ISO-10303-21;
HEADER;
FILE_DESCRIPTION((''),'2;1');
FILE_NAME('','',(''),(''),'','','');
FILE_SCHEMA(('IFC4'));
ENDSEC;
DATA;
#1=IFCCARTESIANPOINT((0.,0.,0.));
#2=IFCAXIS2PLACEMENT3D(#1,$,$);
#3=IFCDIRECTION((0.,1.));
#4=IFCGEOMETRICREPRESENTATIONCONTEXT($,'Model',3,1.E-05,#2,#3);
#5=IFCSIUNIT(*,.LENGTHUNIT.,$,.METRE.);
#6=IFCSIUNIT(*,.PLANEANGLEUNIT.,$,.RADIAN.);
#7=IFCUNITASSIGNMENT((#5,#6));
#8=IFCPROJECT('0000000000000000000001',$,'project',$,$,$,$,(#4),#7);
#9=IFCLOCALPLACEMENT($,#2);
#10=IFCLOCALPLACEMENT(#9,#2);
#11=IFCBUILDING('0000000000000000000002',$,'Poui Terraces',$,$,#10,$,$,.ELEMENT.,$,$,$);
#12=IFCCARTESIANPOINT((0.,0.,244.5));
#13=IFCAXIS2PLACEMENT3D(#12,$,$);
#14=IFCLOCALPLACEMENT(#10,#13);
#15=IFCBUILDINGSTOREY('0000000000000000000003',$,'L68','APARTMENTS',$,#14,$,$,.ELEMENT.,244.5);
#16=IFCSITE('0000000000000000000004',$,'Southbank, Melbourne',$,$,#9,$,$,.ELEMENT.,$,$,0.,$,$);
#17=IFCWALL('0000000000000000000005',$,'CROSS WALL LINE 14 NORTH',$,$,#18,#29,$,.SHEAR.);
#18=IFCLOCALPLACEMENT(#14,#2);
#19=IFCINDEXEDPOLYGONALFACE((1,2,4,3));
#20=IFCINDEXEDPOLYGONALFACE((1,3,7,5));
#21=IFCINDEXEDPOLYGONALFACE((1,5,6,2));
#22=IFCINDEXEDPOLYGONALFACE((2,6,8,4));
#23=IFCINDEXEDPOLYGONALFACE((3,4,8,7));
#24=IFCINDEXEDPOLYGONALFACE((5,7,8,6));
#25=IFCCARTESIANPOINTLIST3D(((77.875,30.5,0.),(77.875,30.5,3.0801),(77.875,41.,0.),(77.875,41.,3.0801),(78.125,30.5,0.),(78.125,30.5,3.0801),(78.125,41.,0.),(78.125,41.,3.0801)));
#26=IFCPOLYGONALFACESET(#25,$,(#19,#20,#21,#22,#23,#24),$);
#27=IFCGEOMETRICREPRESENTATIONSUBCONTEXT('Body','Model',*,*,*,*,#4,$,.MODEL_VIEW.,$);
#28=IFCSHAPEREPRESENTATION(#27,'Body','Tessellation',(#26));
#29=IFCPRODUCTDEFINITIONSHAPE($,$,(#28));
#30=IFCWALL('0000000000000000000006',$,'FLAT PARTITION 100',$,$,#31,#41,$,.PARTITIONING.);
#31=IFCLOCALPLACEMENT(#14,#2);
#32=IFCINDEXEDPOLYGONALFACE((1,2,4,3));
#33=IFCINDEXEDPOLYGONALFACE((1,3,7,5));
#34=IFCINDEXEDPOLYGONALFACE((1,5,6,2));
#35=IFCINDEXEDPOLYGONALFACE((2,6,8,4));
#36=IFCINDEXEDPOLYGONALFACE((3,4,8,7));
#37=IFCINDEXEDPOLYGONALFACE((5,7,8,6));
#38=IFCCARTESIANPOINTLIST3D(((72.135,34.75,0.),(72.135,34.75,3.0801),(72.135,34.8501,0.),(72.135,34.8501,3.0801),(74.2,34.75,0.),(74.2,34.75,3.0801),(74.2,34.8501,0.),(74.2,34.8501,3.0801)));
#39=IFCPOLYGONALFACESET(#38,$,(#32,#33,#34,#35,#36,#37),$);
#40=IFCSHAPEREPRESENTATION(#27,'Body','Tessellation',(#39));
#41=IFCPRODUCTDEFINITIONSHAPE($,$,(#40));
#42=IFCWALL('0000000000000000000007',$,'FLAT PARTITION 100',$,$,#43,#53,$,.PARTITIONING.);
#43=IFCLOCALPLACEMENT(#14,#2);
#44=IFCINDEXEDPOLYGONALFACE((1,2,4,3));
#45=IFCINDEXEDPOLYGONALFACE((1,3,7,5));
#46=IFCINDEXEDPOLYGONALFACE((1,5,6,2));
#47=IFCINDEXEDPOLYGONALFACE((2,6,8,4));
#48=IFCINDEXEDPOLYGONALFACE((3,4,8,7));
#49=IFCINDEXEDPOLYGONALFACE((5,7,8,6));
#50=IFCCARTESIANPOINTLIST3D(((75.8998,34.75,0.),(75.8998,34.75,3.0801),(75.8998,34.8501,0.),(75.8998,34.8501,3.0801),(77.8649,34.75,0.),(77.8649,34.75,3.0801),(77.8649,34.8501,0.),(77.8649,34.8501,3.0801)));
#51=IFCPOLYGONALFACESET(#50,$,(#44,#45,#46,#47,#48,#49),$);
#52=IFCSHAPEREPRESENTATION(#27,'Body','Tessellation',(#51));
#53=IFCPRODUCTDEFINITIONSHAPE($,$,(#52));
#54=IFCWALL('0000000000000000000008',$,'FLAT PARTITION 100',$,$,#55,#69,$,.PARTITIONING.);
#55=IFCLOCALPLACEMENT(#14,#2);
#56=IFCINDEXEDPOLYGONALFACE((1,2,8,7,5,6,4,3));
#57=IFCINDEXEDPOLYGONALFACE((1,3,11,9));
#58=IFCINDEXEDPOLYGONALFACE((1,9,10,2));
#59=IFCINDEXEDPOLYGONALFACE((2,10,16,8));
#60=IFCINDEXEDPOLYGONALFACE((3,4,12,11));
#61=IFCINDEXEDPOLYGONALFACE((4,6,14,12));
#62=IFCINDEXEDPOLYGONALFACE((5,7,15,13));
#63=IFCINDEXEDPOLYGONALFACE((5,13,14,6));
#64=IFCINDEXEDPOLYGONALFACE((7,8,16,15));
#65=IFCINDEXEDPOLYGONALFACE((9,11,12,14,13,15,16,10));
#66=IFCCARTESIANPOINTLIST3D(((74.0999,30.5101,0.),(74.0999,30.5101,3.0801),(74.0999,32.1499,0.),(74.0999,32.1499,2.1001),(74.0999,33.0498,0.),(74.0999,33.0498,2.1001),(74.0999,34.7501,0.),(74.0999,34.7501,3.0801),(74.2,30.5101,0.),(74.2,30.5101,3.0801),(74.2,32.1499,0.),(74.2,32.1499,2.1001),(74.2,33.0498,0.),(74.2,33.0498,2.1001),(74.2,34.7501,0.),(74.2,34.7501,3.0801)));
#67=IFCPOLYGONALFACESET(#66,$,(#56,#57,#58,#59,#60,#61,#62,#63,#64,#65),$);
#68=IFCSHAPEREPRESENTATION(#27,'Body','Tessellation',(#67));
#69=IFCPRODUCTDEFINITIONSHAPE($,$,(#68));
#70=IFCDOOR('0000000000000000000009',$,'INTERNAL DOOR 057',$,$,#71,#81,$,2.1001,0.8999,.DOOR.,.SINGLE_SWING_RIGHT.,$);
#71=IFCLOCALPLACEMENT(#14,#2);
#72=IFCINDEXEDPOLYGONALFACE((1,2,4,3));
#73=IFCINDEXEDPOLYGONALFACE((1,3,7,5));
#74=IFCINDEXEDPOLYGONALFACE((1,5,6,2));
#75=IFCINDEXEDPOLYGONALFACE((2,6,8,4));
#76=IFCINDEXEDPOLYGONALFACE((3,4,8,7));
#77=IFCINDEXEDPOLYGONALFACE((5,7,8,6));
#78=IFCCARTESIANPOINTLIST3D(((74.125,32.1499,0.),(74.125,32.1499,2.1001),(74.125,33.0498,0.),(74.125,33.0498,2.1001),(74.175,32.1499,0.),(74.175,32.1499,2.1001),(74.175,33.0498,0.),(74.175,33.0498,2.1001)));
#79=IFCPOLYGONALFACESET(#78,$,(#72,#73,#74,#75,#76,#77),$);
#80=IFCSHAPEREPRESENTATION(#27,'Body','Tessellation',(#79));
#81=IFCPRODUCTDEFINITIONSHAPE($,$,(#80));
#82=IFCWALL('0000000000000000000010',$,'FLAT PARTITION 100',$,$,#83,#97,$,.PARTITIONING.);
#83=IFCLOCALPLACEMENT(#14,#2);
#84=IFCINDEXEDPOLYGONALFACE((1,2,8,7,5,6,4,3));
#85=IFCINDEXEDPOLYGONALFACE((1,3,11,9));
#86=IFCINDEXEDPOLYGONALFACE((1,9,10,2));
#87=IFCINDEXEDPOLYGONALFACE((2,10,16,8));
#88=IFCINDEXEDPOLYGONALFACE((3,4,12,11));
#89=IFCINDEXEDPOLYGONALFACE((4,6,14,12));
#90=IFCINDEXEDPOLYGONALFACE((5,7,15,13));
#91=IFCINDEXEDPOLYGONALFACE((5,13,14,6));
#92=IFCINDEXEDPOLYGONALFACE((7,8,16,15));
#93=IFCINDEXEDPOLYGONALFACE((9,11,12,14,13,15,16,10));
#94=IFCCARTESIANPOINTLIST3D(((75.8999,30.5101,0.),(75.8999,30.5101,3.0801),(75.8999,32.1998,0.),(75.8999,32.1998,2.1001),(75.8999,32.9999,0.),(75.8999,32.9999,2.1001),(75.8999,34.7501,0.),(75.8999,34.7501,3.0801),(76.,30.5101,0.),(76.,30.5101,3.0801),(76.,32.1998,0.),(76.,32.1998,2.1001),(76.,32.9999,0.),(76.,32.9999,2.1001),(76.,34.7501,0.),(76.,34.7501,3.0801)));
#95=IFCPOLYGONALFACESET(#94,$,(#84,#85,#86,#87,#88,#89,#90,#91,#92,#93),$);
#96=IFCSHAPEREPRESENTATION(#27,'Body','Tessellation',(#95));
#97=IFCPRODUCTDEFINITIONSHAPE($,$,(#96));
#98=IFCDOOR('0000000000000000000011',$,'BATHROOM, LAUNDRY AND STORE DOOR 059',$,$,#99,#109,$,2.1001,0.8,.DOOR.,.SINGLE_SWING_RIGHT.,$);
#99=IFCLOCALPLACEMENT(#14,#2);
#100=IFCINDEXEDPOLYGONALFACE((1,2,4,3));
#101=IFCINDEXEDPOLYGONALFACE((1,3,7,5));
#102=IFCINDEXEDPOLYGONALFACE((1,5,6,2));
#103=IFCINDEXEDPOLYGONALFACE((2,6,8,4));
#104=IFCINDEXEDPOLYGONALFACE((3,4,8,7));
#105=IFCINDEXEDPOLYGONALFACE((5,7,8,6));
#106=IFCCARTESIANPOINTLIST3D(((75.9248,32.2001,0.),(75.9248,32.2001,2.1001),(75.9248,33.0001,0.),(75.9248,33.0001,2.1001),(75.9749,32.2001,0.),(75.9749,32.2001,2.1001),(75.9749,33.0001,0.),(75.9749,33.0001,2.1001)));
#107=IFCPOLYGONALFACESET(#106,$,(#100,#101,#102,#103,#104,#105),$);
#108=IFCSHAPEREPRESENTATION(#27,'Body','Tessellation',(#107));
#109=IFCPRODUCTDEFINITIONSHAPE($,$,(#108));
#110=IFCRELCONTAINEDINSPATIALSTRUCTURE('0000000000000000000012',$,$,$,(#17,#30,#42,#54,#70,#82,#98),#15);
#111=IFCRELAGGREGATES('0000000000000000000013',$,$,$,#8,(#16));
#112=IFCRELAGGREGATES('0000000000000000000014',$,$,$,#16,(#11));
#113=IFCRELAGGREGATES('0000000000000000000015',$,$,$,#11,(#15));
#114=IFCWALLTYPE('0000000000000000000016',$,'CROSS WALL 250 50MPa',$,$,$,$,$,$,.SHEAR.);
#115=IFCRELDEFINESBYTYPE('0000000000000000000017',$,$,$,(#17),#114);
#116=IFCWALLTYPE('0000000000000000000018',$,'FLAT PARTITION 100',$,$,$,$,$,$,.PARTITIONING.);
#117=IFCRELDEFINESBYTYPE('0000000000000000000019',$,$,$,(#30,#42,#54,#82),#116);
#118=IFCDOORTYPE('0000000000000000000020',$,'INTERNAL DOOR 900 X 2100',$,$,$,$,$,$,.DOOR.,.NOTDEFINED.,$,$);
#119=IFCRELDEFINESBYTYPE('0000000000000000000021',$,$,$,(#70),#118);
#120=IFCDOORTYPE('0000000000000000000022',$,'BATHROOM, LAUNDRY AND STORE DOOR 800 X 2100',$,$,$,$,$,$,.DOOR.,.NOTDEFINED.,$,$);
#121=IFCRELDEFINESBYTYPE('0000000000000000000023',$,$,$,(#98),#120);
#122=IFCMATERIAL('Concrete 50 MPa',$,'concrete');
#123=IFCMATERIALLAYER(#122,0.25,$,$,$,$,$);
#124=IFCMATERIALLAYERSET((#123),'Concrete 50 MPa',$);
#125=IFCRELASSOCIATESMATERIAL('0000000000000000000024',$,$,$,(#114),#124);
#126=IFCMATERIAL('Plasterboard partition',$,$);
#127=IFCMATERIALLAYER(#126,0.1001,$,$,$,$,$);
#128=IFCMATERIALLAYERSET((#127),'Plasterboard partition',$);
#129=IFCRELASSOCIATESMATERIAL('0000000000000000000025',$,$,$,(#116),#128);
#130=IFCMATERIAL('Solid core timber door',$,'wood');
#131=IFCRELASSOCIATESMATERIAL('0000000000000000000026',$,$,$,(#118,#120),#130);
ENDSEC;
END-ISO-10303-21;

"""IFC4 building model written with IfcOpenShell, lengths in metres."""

from ifc_helpers import new_model, si_unit, direction, frame, frame_2d, origin, place, context, subcontext, project, spatial, rectangle, extrude, material, layer, layer_set, type_object, element, fill, save


model = new_model("IFC4")

# Units and contexts
model_context = context("Model", 3, precision=1e-05, world=origin(), true_north=direction((0.0, 1.0)))
body_context = subcontext(model_context, "Body", "Model", "MODEL_VIEW")
ifc_project = project(units=[si_unit("LENGTHUNIT", "METRE"), si_unit("PLANEANGLEUNIT", "RADIAN")], contexts=[model_context])

# Site, building, storey
site_placement = place(None, origin())
site = spatial("IfcSite", under=ifc_project, at=site_placement, Name="Southbank, Melbourne", CompositionType="ELEMENT", RefElevation=0.0)
building_placement = place(site_placement, origin())
building = spatial("IfcBuilding", under=site, at=building_placement, Name="Poui Terraces", CompositionType="ELEMENT")
storey_placement = place(building_placement, frame((0.0, 0.0, 244.5)))
storey = spatial("IfcBuildingStorey", under=building, at=storey_placement, Name="L68", Description="APARTMENTS", CompositionType="ELEMENT", Elevation=244.5)

# Walls
ifc_material_1 = material(Name="Concrete 50 MPa", Category="concrete")
ifc_layer_1 = layer(ifc_material_1, 0.25)
ifc_layer_set_1 = layer_set([ifc_layer_1], Name="Concrete 50 MPa")
wall_type_1 = type_object("IfcWallType", Name="CROSS WALL 250 50MPa", PredefinedType="SHEAR", material=ifc_layer_set_1)
wall_1_placement = place(storey_placement, frame((78.0, 30.5, 0.0), z_axis=(0.0, 0.0, 1.0), x_axis=(0.0, 1.0, 0.0)))
element("IfcWall", 1, at=wall_1_placement, inside=storey, type_object=wall_type_1, Name="CROSS WALL LINE 14 NORTH", PredefinedType="SHEAR", context=body_context, shape_type="SweptSolid", body=[
    extrude(rectangle(XDim=10.5, YDim=0.25, at=frame_2d((5.25, 0.0))), origin(), (0.0, 0.0, 1.0), 3.0801),
])
ifc_material_2 = material(Name="Plasterboard partition")
ifc_layer_2 = layer(ifc_material_2, 0.1001)
ifc_layer_set_2 = layer_set([ifc_layer_2], Name="Plasterboard partition")
wall_type_2 = type_object("IfcWallType", Name="FLAT PARTITION 100", PredefinedType="PARTITIONING", material=ifc_layer_set_2)
wall_2_placement = place(storey_placement, frame((72.135, 34.8, 0.0), z_axis=(0.0, 0.0, 1.0), x_axis=(1.0, 0.0, 0.0)))
element("IfcWall", 2, at=wall_2_placement, inside=storey, type_object=wall_type_2, Name="FLAT PARTITION 100", PredefinedType="PARTITIONING", context=body_context, shape_type="SweptSolid", body=[
    extrude(rectangle(XDim=2.0649, YDim=0.1001, at=frame_2d((1.0325, 0.0))), origin(), (0.0, 0.0, 1.0), 3.0801),
])
wall_3_placement = place(storey_placement, frame((75.8999, 34.8, 0.0), z_axis=(0.0, 0.0, 1.0), x_axis=(1.0, 0.0, 0.0)))
element("IfcWall", 3, at=wall_3_placement, inside=storey, type_object=wall_type_2, Name="FLAT PARTITION 100", PredefinedType="PARTITIONING", context=body_context, shape_type="SweptSolid", body=[
    extrude(rectangle(XDim=1.9651, YDim=0.1001, at=frame_2d((0.9824, 0.0))), origin(), (0.0, 0.0, 1.0), 3.0801),
])

# Walls, openings, doors
wall_4_placement = place(storey_placement, frame((74.1499, 30.51, 0.0), z_axis=(0.0, 0.0, 1.0), x_axis=(0.0, 1.0, 0.0)))
wall_4 = element("IfcWall", 4, at=wall_4_placement, inside=storey, type_object=wall_type_2, Name="FLAT PARTITION 100", PredefinedType="PARTITIONING", context=body_context, shape_type="SweptSolid", body=[
    extrude(rectangle(XDim=4.24, YDim=0.1001, at=frame_2d((2.1201, 0.0))), origin(), (0.0, 0.0, 1.0), 3.0801),
])
opening_1_placement = place(wall_4_placement, frame((1.6399, 0.0, 0.0)))
opening_1 = element("IfcOpeningElement", 5, at=opening_1_placement, cuts=wall_4, PredefinedType="OPENING", context=body_context, shape_type="SweptSolid", body=[
    extrude(rectangle(XDim=0.8999, YDim=2.1001, at=frame_2d((0.45, 1.05))), frame((0.0, 0.0601, 0.0), z_axis=(0.0, -1.0, 0.0), x_axis=(1.0, 0.0, 0.0)), (0.0, 0.0, 1.0), 0.1201),
])
ifc_material_3 = material(Name="Solid core timber door", Category="wood")
door_type_1 = type_object("IfcDoorType", Name="INTERNAL DOOR 900 X 2100", OperationType="NOTDEFINED", PredefinedType="DOOR", material=ifc_material_3)
door_1_placement = place(opening_1_placement, origin())
door_1 = element("IfcDoor", 6, at=door_1_placement, inside=storey, type_object=door_type_1, Name="INTERNAL DOOR 057", OperationType="SINGLE_SWING_RIGHT", OverallHeight=2.1001, OverallWidth=0.8999, PredefinedType="DOOR", context=body_context, shape_type="SweptSolid", body=[
    extrude(rectangle(XDim=0.8999, YDim=2.1001, at=frame_2d((0.45, 1.05))), frame((0.0, 0.0249, 0.0), z_axis=(0.0, -1.0, 0.0), x_axis=(1.0, 0.0, 0.0)), (0.0, 0.0, 1.0), 0.05),
])
fill(opening_1, door_1)
wall_5_placement = place(storey_placement, frame((75.95, 30.51, 0.0), z_axis=(0.0, 0.0, 1.0), x_axis=(0.0, 1.0, 0.0)))
wall_5 = element("IfcWall", 7, at=wall_5_placement, inside=storey, type_object=wall_type_2, Name="FLAT PARTITION 100", PredefinedType="PARTITIONING", context=body_context, shape_type="SweptSolid", body=[
    extrude(rectangle(XDim=4.24, YDim=0.1001, at=frame_2d((2.1201, 0.0))), origin(), (0.0, 0.0, 1.0), 3.0801),
])
opening_2_placement = place(wall_5_placement, frame((1.6899, 0.0, 0.0)))
opening_2 = element("IfcOpeningElement", 8, at=opening_2_placement, cuts=wall_5, PredefinedType="OPENING", context=body_context, shape_type="SweptSolid", body=[
    extrude(rectangle(XDim=0.8, YDim=2.1001, at=frame_2d((0.3999, 1.05))), frame((0.0, 0.0601, 0.0), z_axis=(0.0, -1.0, 0.0), x_axis=(1.0, 0.0, 0.0)), (0.0, 0.0, 1.0), 0.1201),
])
door_type_2 = type_object("IfcDoorType", Name="BATHROOM, LAUNDRY AND STORE DOOR 800 X 2100", OperationType="NOTDEFINED", PredefinedType="DOOR", material=ifc_material_3)
door_2_placement = place(opening_2_placement, frame((0.8, 0.0, 0.0), z_axis=(0.0, 0.0, 1.0), x_axis=(-1.0, 0.0, 0.0)))
door_2 = element("IfcDoor", 9, at=door_2_placement, inside=storey, type_object=door_type_2, Name="BATHROOM, LAUNDRY AND STORE DOOR 059", OperationType="SINGLE_SWING_RIGHT", OverallHeight=2.1001, OverallWidth=0.8, PredefinedType="DOOR", context=body_context, shape_type="SweptSolid", body=[
    extrude(rectangle(XDim=0.8, YDim=2.1001, at=frame_2d((0.3999, 1.05))), frame((0.0, 0.0249, 0.0), z_axis=(0.0, -1.0, 0.0), x_axis=(1.0, 0.0, 0.0)), (0.0, 0.0, 1.0), 0.05),
])
fill(opening_2, door_2)

save(model, "model.ifc")
